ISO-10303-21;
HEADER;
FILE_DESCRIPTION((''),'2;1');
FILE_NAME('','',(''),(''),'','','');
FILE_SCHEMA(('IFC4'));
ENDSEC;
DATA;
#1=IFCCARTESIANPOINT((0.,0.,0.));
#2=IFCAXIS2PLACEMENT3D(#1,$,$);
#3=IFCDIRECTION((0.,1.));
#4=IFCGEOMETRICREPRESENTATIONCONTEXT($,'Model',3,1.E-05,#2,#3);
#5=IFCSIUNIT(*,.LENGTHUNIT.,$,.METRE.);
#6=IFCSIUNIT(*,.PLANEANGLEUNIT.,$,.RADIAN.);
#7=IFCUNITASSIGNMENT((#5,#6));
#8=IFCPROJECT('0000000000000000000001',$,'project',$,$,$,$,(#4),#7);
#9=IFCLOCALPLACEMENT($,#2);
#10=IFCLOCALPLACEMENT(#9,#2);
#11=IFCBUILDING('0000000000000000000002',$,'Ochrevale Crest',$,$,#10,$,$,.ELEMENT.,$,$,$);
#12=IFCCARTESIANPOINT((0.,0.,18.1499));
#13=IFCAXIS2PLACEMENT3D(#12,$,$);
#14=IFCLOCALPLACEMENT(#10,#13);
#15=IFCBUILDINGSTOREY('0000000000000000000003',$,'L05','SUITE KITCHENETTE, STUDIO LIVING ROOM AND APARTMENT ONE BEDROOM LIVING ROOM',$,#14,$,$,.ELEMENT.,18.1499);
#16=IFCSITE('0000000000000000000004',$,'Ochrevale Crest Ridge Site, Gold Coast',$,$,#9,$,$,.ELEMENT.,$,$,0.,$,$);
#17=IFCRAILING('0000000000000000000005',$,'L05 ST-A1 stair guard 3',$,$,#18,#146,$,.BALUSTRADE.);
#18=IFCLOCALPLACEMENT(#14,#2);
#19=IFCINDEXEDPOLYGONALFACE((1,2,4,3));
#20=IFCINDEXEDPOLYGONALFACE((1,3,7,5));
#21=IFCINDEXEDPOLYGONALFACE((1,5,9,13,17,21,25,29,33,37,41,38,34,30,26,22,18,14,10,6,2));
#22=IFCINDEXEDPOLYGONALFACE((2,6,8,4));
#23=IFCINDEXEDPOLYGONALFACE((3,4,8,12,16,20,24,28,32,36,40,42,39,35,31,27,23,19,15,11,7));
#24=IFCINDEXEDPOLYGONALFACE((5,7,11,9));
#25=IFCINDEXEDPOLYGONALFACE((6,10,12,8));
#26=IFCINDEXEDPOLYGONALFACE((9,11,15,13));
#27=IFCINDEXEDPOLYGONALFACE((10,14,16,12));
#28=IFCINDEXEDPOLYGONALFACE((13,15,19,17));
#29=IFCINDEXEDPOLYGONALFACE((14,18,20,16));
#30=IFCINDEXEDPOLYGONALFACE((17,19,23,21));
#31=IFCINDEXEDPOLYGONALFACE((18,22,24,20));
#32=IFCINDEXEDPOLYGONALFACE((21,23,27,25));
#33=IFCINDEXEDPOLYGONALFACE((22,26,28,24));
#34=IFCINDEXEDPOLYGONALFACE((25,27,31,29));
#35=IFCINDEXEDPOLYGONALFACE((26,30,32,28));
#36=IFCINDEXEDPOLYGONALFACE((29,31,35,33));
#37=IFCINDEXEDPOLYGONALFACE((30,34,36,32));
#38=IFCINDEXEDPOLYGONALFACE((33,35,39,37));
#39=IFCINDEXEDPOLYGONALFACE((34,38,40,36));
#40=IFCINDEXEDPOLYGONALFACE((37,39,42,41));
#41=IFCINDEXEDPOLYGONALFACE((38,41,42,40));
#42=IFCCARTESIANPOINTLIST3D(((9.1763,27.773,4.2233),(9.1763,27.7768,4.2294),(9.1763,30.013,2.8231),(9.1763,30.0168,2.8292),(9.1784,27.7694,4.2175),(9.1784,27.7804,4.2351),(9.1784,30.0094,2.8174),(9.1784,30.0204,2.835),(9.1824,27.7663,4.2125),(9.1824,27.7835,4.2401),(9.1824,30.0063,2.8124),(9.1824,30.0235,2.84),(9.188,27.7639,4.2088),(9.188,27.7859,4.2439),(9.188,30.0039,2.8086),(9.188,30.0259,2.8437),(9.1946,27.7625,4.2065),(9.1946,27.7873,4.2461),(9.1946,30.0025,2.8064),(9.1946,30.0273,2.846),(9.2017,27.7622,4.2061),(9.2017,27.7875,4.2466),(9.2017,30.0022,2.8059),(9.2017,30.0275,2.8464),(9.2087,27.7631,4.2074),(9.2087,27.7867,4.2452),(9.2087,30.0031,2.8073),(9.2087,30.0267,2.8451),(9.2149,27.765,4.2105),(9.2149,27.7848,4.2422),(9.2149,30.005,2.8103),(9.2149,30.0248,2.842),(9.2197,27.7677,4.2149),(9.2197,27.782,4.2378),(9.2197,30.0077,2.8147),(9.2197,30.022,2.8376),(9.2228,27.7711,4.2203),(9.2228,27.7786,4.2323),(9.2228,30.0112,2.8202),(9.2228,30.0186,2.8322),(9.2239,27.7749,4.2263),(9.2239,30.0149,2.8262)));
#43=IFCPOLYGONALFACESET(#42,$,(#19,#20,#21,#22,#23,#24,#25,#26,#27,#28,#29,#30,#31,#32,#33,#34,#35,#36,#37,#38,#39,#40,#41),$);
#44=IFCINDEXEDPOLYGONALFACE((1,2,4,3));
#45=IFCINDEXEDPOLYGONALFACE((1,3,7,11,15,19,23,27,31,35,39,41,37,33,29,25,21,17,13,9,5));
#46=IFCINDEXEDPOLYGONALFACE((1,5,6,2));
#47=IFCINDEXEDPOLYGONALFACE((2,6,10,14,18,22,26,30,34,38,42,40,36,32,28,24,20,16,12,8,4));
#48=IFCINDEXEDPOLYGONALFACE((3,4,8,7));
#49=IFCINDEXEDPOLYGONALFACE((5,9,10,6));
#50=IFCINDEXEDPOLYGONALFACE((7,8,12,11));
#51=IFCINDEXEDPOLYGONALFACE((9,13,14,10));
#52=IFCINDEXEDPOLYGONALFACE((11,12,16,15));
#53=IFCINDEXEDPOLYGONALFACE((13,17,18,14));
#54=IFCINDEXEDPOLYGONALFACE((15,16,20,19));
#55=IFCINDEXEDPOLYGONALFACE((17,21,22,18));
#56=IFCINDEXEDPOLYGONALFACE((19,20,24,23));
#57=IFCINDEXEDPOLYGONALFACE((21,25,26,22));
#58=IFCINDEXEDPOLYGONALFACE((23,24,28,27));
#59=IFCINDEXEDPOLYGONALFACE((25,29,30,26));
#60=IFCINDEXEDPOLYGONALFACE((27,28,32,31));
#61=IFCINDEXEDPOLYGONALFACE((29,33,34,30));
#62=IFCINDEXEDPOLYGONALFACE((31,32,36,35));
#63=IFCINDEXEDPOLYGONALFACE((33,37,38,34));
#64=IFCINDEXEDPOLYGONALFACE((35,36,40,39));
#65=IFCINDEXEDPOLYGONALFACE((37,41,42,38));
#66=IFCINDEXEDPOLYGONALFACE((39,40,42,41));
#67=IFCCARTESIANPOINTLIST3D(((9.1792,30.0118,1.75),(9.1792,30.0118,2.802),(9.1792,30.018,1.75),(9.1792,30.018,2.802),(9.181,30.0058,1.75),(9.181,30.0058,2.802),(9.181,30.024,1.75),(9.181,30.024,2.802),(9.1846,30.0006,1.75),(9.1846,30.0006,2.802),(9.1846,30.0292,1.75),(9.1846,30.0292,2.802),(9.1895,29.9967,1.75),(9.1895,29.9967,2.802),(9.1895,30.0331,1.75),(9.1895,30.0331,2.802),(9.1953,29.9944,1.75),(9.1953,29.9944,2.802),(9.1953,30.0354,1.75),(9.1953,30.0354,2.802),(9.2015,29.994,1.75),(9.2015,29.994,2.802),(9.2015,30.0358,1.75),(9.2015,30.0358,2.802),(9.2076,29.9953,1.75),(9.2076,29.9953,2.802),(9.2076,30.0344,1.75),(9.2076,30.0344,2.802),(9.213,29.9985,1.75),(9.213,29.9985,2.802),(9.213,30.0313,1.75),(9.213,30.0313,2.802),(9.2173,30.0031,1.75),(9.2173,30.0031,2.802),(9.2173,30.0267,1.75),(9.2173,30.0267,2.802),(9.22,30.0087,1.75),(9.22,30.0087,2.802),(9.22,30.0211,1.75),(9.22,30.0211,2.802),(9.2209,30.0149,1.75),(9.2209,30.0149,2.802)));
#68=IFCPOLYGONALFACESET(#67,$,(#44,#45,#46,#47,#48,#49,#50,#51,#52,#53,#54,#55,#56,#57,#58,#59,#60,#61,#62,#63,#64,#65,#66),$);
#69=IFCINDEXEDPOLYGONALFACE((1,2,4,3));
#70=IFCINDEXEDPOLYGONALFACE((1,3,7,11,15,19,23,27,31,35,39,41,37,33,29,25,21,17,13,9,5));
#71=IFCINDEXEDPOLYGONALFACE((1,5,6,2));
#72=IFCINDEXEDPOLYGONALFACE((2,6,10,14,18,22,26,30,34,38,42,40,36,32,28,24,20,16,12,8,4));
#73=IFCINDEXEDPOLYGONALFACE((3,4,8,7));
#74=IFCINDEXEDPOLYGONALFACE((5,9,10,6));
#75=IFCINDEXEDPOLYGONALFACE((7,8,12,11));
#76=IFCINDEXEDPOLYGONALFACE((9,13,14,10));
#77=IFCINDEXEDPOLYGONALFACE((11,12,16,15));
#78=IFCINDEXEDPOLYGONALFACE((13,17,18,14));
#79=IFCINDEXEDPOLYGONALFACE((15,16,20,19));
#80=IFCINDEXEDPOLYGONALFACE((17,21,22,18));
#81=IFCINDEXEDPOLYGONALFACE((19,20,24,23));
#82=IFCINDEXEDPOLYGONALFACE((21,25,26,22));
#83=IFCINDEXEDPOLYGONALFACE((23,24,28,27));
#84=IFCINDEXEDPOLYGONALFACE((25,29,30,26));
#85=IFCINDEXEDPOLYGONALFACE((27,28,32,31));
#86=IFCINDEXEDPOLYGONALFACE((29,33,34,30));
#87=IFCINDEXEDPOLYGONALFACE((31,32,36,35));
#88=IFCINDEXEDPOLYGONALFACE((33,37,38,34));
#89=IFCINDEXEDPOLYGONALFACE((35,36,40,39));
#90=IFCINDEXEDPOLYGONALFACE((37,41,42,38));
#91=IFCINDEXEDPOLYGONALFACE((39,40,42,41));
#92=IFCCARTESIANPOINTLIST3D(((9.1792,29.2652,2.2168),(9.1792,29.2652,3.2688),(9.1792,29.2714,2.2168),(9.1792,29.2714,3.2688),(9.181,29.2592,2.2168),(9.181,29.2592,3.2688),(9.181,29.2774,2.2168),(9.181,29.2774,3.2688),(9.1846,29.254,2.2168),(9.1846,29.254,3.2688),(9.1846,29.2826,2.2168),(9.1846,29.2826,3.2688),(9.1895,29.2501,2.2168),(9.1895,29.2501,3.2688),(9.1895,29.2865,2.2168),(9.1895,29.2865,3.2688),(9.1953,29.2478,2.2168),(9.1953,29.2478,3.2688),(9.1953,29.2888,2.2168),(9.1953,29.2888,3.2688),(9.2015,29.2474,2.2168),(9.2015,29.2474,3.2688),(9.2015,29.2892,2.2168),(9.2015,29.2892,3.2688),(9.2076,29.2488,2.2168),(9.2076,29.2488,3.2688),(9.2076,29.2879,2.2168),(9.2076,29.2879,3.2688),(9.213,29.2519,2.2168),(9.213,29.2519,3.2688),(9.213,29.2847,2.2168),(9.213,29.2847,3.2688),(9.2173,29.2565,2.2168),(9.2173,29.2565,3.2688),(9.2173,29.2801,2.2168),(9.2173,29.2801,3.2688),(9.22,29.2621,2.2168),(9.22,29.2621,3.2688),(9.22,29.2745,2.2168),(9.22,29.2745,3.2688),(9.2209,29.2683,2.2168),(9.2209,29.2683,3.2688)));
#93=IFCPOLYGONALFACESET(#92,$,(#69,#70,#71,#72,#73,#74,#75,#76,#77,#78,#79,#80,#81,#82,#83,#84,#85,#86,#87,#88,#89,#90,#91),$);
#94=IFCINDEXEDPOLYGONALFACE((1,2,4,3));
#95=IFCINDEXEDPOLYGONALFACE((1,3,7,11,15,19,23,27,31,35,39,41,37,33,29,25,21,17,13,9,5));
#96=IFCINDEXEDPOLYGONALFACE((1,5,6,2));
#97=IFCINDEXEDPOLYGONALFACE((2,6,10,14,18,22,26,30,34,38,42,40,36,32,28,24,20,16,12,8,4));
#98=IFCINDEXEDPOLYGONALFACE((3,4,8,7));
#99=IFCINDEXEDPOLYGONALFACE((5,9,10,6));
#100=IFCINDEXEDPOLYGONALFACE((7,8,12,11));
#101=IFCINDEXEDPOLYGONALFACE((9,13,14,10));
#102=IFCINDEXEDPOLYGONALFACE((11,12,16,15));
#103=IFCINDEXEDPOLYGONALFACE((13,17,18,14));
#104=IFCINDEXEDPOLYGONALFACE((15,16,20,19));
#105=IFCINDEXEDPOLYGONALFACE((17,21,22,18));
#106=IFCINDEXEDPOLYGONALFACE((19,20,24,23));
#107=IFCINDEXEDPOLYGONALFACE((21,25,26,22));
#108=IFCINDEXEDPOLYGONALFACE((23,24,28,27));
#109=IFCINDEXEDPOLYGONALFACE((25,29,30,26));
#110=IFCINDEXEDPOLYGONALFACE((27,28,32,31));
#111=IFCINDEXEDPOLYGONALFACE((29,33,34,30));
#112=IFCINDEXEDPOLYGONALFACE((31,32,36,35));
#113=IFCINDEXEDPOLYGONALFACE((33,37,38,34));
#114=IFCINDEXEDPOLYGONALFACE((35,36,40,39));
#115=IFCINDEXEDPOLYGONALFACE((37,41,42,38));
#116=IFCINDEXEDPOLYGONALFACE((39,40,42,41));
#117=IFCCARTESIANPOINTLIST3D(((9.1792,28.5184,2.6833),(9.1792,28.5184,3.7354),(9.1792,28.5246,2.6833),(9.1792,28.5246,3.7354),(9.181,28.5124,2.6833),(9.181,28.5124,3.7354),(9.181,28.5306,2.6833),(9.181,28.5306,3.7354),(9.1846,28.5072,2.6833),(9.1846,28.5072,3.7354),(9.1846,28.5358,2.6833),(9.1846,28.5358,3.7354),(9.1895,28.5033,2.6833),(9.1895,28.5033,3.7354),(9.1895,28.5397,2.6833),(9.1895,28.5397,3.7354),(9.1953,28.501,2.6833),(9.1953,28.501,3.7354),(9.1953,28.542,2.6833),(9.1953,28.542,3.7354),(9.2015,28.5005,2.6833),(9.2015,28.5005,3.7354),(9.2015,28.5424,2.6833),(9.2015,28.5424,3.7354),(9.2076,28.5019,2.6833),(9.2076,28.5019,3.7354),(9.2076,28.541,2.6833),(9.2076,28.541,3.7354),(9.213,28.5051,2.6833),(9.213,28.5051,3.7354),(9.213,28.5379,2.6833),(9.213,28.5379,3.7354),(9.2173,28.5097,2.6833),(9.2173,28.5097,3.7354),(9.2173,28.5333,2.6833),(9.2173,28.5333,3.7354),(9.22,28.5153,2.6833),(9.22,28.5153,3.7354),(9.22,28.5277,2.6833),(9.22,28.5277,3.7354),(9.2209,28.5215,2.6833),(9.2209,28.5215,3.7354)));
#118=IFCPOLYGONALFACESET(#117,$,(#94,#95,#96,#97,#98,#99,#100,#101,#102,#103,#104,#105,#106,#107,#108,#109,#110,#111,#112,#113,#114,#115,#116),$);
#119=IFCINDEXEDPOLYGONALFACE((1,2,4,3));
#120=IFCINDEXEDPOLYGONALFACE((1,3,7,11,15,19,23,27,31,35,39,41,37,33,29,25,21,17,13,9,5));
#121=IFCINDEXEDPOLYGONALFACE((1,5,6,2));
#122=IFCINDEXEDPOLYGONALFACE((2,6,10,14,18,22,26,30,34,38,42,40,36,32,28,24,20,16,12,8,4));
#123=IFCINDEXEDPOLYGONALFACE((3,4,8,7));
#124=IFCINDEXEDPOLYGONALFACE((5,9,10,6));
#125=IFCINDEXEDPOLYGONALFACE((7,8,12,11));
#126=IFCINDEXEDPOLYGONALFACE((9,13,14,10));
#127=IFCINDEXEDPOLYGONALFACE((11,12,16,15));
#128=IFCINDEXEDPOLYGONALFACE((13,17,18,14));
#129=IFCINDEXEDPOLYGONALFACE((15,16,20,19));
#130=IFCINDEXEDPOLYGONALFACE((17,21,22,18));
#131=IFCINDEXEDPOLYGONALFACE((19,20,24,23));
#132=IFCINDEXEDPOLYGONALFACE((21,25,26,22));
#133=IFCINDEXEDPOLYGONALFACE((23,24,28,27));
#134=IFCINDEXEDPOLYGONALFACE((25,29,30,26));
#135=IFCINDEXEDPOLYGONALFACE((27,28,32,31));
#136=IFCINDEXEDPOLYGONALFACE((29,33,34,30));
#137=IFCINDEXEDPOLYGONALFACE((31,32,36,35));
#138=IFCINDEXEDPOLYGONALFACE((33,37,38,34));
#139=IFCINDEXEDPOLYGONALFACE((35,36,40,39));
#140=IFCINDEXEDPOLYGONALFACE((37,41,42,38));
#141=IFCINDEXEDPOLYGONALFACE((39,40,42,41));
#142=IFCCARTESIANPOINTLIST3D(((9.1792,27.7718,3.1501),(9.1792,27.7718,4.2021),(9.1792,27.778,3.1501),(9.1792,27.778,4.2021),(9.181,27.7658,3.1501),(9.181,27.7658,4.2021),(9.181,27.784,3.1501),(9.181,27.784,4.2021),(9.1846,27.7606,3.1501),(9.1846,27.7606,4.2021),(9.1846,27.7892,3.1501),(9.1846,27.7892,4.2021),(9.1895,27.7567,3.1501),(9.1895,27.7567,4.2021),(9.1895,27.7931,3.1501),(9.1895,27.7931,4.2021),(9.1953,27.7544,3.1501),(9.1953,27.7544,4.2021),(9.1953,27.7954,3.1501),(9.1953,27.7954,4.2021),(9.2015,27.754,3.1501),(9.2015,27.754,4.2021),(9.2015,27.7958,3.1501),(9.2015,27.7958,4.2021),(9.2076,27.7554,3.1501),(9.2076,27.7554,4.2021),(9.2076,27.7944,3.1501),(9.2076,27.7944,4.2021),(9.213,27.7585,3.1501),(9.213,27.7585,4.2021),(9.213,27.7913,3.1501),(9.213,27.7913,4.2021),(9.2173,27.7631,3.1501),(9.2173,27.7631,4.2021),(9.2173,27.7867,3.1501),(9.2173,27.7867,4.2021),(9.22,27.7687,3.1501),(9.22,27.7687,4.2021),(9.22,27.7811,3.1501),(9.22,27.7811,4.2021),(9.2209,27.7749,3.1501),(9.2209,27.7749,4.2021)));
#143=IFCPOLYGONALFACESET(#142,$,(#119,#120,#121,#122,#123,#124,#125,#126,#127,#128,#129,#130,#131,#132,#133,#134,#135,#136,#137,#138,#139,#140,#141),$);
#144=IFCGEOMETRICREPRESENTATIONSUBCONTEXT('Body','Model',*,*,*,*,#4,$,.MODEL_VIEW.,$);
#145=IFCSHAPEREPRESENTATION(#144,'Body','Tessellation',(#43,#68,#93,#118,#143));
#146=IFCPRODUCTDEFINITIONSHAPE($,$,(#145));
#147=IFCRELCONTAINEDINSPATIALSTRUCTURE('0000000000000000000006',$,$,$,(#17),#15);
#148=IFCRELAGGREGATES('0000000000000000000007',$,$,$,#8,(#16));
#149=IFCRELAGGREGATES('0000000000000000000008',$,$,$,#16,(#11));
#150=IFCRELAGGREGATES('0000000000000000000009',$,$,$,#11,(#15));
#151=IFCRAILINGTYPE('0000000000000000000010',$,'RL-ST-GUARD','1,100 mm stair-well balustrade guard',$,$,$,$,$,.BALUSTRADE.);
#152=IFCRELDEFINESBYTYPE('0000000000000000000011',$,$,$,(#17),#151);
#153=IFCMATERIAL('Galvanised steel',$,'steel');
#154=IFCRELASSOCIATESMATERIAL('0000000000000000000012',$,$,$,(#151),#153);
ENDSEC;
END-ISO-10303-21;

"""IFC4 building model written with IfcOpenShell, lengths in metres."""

from ifc_helpers import new_model, si_unit, direction, frame, origin, origin_2d, place, context, subcontext, project, spatial, circle, extrude, material, type_object, element, save


model = new_model("IFC4")

# Units and contexts
model_context = context("Model", 3, precision=1e-05, world=origin(), true_north=direction((0.0, 1.0)))
body_context = subcontext(model_context, "Body", "Model", "MODEL_VIEW")
ifc_project = project(units=[si_unit("LENGTHUNIT", "METRE"), si_unit("PLANEANGLEUNIT", "RADIAN")], contexts=[model_context])

# Site, building, storey
site_placement = place(None, origin())
site = spatial("IfcSite", under=ifc_project, at=site_placement, Name="Ochrevale Crest Ridge Site, Gold Coast", CompositionType="ELEMENT", RefElevation=0.0)
building_placement = place(site_placement, origin())
building = spatial("IfcBuilding", under=site, at=building_placement, Name="Ochrevale Crest", CompositionType="ELEMENT")
storey_placement = place(building_placement, frame((0.0, 0.0, 18.1499)))
storey = spatial("IfcBuildingStorey", under=building, at=storey_placement, Name="L05", Description="SUITE KITCHENETTE, STUDIO LIVING ROOM AND APARTMENT ONE BEDROOM LIVING ROOM", CompositionType="ELEMENT", Elevation=18.1499)

# Railing
ifc_material_1 = material(Name="Galvanised steel", Category="steel")
railing_type_1 = type_object("IfcRailingType", Name="RL-ST-GUARD", Description="1,100 mm stair-well balustrade guard", PredefinedType="BALUSTRADE", material=ifc_material_1)
railing_1_placement = place(storey_placement, frame((9.2, 30.0149, 1.75)))
element("IfcRailing", 1, at=railing_1_placement, inside=storey, type_object=railing_type_1, Name="L05 ST-A1 stair guard 3", PredefinedType="BALUSTRADE", context=body_context, shape_type="SweptSolid", body=[
    extrude(circle(Radius=0.0239, at=origin_2d()), frame((0.0, 0.0, 1.0762), z_axis=(0.0, -0.847972, 0.53004), x_axis=(1.0, 0.0, 0.0)), (0.0, 0.0, 1.0), 2.6416),
    extrude(circle(Radius=0.021, at=origin_2d()), origin(), (0.0, 0.0, 1.0), 1.052),
    extrude(circle(Radius=0.021, at=origin_2d()), frame((0.0, -0.7466, 0.4668)), (0.0, 0.0, 1.0), 1.052),
    extrude(circle(Radius=0.021, at=origin_2d()), frame((0.0, -1.4934, 0.9333)), (0.0, 0.0, 1.0), 1.052),
    extrude(circle(Radius=0.021, at=origin_2d()), frame((0.0, -2.24, 1.4001)), (0.0, 0.0, 1.0), 1.052),
])

save(model, "model.ifc")
